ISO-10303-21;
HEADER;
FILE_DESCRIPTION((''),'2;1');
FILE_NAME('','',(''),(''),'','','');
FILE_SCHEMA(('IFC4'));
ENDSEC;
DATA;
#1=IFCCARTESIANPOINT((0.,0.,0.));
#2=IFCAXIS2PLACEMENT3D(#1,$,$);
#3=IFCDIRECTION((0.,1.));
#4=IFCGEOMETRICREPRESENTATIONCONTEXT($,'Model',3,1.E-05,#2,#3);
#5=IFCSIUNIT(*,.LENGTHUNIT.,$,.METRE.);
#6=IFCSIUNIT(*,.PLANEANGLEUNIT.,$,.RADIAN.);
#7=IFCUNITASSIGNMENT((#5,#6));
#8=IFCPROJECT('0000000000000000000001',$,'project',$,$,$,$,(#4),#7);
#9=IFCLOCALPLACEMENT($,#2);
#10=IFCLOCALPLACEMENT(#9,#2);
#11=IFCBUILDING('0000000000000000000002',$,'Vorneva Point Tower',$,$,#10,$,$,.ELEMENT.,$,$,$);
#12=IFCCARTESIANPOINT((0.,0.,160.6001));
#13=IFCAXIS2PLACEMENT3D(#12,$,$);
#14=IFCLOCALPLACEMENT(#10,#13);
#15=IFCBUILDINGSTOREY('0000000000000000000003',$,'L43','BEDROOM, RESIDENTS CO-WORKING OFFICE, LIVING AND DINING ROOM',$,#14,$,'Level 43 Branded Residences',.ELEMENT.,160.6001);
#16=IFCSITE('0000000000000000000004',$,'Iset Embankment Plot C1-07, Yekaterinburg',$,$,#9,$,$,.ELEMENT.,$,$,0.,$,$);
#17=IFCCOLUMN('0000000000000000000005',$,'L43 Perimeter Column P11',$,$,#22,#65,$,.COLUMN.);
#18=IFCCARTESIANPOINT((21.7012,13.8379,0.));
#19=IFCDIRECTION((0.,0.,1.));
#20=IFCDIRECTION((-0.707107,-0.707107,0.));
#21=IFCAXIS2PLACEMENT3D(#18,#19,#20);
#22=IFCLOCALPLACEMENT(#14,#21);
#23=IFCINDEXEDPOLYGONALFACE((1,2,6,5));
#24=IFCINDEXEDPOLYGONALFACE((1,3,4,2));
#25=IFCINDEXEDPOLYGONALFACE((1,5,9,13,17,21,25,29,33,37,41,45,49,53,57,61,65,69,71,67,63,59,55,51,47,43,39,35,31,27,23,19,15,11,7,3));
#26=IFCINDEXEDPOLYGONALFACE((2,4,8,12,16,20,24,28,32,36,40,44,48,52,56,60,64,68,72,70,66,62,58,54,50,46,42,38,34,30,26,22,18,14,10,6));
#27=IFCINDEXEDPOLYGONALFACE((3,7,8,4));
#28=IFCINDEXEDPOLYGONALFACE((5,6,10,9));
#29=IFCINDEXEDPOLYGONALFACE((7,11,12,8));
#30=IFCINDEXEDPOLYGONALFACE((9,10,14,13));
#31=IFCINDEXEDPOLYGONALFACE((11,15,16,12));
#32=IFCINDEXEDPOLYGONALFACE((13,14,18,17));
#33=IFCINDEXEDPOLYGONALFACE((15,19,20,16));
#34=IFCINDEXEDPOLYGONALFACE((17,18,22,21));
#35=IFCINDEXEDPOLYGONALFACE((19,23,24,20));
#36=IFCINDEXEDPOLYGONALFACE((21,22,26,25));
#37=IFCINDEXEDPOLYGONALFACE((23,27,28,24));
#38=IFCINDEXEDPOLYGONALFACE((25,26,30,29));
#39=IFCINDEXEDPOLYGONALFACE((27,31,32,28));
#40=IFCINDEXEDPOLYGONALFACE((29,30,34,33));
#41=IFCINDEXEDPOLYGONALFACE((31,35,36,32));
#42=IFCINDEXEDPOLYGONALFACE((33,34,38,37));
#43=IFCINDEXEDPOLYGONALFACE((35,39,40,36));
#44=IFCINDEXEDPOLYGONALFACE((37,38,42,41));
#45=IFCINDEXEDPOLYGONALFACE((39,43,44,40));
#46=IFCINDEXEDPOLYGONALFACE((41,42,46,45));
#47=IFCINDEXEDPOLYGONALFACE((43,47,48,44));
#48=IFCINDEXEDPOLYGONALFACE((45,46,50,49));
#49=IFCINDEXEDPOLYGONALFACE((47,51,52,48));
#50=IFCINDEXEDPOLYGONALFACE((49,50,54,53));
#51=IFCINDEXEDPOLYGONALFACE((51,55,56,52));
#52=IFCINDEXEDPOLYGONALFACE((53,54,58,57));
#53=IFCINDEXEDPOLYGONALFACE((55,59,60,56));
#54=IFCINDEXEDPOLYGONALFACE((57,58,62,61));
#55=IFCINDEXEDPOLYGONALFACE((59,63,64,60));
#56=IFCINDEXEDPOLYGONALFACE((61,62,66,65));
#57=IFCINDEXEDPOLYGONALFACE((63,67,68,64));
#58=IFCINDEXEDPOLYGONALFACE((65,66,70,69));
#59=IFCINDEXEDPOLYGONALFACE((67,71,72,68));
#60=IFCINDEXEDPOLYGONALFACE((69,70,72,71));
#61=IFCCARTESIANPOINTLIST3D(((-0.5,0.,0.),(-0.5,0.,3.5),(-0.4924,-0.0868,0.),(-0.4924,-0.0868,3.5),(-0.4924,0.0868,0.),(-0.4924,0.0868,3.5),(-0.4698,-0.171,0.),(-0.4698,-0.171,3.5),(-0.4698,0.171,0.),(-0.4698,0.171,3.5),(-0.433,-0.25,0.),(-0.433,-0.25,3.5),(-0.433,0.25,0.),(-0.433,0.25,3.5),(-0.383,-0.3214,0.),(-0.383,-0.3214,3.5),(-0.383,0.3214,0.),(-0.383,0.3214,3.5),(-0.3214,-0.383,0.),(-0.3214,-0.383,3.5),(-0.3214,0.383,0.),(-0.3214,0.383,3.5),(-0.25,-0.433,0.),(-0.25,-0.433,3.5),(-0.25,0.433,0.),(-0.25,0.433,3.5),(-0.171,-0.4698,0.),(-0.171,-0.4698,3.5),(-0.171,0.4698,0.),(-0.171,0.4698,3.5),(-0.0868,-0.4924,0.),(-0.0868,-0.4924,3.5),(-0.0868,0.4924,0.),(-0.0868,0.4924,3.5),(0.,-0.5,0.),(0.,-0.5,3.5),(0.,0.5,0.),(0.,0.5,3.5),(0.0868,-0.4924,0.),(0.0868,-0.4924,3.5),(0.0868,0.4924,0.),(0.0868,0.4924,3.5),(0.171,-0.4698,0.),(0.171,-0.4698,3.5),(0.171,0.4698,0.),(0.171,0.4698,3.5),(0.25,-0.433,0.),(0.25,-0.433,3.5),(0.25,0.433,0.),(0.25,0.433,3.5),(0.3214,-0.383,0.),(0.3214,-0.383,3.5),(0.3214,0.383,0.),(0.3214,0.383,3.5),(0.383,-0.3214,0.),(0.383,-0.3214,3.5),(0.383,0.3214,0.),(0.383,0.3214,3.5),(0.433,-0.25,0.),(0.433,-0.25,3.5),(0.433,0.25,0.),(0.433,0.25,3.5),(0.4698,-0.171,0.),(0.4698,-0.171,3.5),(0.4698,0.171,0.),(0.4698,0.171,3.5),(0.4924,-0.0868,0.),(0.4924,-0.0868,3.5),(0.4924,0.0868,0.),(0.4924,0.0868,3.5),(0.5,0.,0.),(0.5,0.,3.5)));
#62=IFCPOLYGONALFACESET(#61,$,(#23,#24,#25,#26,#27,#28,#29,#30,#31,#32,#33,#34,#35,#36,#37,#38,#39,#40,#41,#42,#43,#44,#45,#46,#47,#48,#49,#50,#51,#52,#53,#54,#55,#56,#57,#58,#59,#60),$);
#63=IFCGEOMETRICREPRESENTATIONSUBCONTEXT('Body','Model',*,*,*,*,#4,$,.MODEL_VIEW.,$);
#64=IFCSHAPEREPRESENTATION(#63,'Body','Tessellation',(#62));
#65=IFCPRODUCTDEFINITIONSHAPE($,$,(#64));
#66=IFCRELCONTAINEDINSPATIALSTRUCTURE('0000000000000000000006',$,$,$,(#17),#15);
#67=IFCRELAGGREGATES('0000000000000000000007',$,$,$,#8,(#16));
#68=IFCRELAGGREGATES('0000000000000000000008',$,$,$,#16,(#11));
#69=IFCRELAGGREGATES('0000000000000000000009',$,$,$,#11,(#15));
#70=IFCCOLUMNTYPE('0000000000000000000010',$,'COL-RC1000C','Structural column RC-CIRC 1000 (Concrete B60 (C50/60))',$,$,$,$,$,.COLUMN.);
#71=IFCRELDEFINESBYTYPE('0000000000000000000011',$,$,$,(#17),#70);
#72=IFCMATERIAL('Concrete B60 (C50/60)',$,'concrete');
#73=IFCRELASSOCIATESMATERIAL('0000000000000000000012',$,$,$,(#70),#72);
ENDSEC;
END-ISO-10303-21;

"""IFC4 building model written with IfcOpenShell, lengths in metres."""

from ifc_helpers import new_model, si_unit, direction, frame, origin, origin_2d, place, context, subcontext, project, spatial, circle, extrude, material, material_profile, profile_set, type_object, element, save


model = new_model("IFC4")

# Units and contexts
model_context = context("Model", 3, precision=1e-05, world=origin(), true_north=direction((0.0, 1.0)))
body_context = subcontext(model_context, "Body", "Model", "MODEL_VIEW")
ifc_project = project(units=[si_unit("LENGTHUNIT", "METRE"), si_unit("PLANEANGLEUNIT", "RADIAN")], contexts=[model_context])

# Site, building, storey
site_placement = place(None, origin())
site = spatial("IfcSite", under=ifc_project, at=site_placement, Name="Iset Embankment Plot C1-07, Yekaterinburg", CompositionType="ELEMENT", RefElevation=0.0)
building_placement = place(site_placement, origin())
building = spatial("IfcBuilding", under=site, at=building_placement, Name="Vorneva Point Tower", CompositionType="ELEMENT")
storey_placement = place(building_placement, frame((0.0, 0.0, 160.6001)))
storey = spatial("IfcBuildingStorey", under=building, at=storey_placement, Name="L43", Description="BEDROOM, RESIDENTS CO-WORKING OFFICE, LIVING AND DINING ROOM", LongName="Level 43 Branded Residences", CompositionType="ELEMENT", Elevation=160.6001)

# Column
ifc_material_1 = material(Name="Concrete B60 (C50/60)", Category="concrete")
ifc_material_profile_1 = material_profile(ifc_material_1, circle(Radius=0.5, at=origin_2d()), Name="RC-CIRC 1000")
ifc_profile_set_1 = profile_set([ifc_material_profile_1], Name="Concrete B60 (C50/60)")
column_type = type_object("IfcColumnType", Name="COL-RC1000C", Description="Structural column RC-CIRC 1000 (Concrete B60 (C50/60))", PredefinedType="COLUMN", material=ifc_profile_set_1)
column_placement = place(storey_placement, frame((21.7012, 13.8379, 0.0), z_axis=(0.0, 0.0, 1.0), x_axis=(-0.707107, -0.707107, 0.0)))
element("IfcColumn", 1, at=column_placement, inside=storey, type_object=column_type, Name="L43 Perimeter Column P11", PredefinedType="COLUMN", context=body_context, shape_type="SweptSolid", body=[
    extrude(circle(Radius=0.5, at=origin_2d()), origin(), (0.0, 0.0, 1.0), 3.5),
])

save(model, "model.ifc")
